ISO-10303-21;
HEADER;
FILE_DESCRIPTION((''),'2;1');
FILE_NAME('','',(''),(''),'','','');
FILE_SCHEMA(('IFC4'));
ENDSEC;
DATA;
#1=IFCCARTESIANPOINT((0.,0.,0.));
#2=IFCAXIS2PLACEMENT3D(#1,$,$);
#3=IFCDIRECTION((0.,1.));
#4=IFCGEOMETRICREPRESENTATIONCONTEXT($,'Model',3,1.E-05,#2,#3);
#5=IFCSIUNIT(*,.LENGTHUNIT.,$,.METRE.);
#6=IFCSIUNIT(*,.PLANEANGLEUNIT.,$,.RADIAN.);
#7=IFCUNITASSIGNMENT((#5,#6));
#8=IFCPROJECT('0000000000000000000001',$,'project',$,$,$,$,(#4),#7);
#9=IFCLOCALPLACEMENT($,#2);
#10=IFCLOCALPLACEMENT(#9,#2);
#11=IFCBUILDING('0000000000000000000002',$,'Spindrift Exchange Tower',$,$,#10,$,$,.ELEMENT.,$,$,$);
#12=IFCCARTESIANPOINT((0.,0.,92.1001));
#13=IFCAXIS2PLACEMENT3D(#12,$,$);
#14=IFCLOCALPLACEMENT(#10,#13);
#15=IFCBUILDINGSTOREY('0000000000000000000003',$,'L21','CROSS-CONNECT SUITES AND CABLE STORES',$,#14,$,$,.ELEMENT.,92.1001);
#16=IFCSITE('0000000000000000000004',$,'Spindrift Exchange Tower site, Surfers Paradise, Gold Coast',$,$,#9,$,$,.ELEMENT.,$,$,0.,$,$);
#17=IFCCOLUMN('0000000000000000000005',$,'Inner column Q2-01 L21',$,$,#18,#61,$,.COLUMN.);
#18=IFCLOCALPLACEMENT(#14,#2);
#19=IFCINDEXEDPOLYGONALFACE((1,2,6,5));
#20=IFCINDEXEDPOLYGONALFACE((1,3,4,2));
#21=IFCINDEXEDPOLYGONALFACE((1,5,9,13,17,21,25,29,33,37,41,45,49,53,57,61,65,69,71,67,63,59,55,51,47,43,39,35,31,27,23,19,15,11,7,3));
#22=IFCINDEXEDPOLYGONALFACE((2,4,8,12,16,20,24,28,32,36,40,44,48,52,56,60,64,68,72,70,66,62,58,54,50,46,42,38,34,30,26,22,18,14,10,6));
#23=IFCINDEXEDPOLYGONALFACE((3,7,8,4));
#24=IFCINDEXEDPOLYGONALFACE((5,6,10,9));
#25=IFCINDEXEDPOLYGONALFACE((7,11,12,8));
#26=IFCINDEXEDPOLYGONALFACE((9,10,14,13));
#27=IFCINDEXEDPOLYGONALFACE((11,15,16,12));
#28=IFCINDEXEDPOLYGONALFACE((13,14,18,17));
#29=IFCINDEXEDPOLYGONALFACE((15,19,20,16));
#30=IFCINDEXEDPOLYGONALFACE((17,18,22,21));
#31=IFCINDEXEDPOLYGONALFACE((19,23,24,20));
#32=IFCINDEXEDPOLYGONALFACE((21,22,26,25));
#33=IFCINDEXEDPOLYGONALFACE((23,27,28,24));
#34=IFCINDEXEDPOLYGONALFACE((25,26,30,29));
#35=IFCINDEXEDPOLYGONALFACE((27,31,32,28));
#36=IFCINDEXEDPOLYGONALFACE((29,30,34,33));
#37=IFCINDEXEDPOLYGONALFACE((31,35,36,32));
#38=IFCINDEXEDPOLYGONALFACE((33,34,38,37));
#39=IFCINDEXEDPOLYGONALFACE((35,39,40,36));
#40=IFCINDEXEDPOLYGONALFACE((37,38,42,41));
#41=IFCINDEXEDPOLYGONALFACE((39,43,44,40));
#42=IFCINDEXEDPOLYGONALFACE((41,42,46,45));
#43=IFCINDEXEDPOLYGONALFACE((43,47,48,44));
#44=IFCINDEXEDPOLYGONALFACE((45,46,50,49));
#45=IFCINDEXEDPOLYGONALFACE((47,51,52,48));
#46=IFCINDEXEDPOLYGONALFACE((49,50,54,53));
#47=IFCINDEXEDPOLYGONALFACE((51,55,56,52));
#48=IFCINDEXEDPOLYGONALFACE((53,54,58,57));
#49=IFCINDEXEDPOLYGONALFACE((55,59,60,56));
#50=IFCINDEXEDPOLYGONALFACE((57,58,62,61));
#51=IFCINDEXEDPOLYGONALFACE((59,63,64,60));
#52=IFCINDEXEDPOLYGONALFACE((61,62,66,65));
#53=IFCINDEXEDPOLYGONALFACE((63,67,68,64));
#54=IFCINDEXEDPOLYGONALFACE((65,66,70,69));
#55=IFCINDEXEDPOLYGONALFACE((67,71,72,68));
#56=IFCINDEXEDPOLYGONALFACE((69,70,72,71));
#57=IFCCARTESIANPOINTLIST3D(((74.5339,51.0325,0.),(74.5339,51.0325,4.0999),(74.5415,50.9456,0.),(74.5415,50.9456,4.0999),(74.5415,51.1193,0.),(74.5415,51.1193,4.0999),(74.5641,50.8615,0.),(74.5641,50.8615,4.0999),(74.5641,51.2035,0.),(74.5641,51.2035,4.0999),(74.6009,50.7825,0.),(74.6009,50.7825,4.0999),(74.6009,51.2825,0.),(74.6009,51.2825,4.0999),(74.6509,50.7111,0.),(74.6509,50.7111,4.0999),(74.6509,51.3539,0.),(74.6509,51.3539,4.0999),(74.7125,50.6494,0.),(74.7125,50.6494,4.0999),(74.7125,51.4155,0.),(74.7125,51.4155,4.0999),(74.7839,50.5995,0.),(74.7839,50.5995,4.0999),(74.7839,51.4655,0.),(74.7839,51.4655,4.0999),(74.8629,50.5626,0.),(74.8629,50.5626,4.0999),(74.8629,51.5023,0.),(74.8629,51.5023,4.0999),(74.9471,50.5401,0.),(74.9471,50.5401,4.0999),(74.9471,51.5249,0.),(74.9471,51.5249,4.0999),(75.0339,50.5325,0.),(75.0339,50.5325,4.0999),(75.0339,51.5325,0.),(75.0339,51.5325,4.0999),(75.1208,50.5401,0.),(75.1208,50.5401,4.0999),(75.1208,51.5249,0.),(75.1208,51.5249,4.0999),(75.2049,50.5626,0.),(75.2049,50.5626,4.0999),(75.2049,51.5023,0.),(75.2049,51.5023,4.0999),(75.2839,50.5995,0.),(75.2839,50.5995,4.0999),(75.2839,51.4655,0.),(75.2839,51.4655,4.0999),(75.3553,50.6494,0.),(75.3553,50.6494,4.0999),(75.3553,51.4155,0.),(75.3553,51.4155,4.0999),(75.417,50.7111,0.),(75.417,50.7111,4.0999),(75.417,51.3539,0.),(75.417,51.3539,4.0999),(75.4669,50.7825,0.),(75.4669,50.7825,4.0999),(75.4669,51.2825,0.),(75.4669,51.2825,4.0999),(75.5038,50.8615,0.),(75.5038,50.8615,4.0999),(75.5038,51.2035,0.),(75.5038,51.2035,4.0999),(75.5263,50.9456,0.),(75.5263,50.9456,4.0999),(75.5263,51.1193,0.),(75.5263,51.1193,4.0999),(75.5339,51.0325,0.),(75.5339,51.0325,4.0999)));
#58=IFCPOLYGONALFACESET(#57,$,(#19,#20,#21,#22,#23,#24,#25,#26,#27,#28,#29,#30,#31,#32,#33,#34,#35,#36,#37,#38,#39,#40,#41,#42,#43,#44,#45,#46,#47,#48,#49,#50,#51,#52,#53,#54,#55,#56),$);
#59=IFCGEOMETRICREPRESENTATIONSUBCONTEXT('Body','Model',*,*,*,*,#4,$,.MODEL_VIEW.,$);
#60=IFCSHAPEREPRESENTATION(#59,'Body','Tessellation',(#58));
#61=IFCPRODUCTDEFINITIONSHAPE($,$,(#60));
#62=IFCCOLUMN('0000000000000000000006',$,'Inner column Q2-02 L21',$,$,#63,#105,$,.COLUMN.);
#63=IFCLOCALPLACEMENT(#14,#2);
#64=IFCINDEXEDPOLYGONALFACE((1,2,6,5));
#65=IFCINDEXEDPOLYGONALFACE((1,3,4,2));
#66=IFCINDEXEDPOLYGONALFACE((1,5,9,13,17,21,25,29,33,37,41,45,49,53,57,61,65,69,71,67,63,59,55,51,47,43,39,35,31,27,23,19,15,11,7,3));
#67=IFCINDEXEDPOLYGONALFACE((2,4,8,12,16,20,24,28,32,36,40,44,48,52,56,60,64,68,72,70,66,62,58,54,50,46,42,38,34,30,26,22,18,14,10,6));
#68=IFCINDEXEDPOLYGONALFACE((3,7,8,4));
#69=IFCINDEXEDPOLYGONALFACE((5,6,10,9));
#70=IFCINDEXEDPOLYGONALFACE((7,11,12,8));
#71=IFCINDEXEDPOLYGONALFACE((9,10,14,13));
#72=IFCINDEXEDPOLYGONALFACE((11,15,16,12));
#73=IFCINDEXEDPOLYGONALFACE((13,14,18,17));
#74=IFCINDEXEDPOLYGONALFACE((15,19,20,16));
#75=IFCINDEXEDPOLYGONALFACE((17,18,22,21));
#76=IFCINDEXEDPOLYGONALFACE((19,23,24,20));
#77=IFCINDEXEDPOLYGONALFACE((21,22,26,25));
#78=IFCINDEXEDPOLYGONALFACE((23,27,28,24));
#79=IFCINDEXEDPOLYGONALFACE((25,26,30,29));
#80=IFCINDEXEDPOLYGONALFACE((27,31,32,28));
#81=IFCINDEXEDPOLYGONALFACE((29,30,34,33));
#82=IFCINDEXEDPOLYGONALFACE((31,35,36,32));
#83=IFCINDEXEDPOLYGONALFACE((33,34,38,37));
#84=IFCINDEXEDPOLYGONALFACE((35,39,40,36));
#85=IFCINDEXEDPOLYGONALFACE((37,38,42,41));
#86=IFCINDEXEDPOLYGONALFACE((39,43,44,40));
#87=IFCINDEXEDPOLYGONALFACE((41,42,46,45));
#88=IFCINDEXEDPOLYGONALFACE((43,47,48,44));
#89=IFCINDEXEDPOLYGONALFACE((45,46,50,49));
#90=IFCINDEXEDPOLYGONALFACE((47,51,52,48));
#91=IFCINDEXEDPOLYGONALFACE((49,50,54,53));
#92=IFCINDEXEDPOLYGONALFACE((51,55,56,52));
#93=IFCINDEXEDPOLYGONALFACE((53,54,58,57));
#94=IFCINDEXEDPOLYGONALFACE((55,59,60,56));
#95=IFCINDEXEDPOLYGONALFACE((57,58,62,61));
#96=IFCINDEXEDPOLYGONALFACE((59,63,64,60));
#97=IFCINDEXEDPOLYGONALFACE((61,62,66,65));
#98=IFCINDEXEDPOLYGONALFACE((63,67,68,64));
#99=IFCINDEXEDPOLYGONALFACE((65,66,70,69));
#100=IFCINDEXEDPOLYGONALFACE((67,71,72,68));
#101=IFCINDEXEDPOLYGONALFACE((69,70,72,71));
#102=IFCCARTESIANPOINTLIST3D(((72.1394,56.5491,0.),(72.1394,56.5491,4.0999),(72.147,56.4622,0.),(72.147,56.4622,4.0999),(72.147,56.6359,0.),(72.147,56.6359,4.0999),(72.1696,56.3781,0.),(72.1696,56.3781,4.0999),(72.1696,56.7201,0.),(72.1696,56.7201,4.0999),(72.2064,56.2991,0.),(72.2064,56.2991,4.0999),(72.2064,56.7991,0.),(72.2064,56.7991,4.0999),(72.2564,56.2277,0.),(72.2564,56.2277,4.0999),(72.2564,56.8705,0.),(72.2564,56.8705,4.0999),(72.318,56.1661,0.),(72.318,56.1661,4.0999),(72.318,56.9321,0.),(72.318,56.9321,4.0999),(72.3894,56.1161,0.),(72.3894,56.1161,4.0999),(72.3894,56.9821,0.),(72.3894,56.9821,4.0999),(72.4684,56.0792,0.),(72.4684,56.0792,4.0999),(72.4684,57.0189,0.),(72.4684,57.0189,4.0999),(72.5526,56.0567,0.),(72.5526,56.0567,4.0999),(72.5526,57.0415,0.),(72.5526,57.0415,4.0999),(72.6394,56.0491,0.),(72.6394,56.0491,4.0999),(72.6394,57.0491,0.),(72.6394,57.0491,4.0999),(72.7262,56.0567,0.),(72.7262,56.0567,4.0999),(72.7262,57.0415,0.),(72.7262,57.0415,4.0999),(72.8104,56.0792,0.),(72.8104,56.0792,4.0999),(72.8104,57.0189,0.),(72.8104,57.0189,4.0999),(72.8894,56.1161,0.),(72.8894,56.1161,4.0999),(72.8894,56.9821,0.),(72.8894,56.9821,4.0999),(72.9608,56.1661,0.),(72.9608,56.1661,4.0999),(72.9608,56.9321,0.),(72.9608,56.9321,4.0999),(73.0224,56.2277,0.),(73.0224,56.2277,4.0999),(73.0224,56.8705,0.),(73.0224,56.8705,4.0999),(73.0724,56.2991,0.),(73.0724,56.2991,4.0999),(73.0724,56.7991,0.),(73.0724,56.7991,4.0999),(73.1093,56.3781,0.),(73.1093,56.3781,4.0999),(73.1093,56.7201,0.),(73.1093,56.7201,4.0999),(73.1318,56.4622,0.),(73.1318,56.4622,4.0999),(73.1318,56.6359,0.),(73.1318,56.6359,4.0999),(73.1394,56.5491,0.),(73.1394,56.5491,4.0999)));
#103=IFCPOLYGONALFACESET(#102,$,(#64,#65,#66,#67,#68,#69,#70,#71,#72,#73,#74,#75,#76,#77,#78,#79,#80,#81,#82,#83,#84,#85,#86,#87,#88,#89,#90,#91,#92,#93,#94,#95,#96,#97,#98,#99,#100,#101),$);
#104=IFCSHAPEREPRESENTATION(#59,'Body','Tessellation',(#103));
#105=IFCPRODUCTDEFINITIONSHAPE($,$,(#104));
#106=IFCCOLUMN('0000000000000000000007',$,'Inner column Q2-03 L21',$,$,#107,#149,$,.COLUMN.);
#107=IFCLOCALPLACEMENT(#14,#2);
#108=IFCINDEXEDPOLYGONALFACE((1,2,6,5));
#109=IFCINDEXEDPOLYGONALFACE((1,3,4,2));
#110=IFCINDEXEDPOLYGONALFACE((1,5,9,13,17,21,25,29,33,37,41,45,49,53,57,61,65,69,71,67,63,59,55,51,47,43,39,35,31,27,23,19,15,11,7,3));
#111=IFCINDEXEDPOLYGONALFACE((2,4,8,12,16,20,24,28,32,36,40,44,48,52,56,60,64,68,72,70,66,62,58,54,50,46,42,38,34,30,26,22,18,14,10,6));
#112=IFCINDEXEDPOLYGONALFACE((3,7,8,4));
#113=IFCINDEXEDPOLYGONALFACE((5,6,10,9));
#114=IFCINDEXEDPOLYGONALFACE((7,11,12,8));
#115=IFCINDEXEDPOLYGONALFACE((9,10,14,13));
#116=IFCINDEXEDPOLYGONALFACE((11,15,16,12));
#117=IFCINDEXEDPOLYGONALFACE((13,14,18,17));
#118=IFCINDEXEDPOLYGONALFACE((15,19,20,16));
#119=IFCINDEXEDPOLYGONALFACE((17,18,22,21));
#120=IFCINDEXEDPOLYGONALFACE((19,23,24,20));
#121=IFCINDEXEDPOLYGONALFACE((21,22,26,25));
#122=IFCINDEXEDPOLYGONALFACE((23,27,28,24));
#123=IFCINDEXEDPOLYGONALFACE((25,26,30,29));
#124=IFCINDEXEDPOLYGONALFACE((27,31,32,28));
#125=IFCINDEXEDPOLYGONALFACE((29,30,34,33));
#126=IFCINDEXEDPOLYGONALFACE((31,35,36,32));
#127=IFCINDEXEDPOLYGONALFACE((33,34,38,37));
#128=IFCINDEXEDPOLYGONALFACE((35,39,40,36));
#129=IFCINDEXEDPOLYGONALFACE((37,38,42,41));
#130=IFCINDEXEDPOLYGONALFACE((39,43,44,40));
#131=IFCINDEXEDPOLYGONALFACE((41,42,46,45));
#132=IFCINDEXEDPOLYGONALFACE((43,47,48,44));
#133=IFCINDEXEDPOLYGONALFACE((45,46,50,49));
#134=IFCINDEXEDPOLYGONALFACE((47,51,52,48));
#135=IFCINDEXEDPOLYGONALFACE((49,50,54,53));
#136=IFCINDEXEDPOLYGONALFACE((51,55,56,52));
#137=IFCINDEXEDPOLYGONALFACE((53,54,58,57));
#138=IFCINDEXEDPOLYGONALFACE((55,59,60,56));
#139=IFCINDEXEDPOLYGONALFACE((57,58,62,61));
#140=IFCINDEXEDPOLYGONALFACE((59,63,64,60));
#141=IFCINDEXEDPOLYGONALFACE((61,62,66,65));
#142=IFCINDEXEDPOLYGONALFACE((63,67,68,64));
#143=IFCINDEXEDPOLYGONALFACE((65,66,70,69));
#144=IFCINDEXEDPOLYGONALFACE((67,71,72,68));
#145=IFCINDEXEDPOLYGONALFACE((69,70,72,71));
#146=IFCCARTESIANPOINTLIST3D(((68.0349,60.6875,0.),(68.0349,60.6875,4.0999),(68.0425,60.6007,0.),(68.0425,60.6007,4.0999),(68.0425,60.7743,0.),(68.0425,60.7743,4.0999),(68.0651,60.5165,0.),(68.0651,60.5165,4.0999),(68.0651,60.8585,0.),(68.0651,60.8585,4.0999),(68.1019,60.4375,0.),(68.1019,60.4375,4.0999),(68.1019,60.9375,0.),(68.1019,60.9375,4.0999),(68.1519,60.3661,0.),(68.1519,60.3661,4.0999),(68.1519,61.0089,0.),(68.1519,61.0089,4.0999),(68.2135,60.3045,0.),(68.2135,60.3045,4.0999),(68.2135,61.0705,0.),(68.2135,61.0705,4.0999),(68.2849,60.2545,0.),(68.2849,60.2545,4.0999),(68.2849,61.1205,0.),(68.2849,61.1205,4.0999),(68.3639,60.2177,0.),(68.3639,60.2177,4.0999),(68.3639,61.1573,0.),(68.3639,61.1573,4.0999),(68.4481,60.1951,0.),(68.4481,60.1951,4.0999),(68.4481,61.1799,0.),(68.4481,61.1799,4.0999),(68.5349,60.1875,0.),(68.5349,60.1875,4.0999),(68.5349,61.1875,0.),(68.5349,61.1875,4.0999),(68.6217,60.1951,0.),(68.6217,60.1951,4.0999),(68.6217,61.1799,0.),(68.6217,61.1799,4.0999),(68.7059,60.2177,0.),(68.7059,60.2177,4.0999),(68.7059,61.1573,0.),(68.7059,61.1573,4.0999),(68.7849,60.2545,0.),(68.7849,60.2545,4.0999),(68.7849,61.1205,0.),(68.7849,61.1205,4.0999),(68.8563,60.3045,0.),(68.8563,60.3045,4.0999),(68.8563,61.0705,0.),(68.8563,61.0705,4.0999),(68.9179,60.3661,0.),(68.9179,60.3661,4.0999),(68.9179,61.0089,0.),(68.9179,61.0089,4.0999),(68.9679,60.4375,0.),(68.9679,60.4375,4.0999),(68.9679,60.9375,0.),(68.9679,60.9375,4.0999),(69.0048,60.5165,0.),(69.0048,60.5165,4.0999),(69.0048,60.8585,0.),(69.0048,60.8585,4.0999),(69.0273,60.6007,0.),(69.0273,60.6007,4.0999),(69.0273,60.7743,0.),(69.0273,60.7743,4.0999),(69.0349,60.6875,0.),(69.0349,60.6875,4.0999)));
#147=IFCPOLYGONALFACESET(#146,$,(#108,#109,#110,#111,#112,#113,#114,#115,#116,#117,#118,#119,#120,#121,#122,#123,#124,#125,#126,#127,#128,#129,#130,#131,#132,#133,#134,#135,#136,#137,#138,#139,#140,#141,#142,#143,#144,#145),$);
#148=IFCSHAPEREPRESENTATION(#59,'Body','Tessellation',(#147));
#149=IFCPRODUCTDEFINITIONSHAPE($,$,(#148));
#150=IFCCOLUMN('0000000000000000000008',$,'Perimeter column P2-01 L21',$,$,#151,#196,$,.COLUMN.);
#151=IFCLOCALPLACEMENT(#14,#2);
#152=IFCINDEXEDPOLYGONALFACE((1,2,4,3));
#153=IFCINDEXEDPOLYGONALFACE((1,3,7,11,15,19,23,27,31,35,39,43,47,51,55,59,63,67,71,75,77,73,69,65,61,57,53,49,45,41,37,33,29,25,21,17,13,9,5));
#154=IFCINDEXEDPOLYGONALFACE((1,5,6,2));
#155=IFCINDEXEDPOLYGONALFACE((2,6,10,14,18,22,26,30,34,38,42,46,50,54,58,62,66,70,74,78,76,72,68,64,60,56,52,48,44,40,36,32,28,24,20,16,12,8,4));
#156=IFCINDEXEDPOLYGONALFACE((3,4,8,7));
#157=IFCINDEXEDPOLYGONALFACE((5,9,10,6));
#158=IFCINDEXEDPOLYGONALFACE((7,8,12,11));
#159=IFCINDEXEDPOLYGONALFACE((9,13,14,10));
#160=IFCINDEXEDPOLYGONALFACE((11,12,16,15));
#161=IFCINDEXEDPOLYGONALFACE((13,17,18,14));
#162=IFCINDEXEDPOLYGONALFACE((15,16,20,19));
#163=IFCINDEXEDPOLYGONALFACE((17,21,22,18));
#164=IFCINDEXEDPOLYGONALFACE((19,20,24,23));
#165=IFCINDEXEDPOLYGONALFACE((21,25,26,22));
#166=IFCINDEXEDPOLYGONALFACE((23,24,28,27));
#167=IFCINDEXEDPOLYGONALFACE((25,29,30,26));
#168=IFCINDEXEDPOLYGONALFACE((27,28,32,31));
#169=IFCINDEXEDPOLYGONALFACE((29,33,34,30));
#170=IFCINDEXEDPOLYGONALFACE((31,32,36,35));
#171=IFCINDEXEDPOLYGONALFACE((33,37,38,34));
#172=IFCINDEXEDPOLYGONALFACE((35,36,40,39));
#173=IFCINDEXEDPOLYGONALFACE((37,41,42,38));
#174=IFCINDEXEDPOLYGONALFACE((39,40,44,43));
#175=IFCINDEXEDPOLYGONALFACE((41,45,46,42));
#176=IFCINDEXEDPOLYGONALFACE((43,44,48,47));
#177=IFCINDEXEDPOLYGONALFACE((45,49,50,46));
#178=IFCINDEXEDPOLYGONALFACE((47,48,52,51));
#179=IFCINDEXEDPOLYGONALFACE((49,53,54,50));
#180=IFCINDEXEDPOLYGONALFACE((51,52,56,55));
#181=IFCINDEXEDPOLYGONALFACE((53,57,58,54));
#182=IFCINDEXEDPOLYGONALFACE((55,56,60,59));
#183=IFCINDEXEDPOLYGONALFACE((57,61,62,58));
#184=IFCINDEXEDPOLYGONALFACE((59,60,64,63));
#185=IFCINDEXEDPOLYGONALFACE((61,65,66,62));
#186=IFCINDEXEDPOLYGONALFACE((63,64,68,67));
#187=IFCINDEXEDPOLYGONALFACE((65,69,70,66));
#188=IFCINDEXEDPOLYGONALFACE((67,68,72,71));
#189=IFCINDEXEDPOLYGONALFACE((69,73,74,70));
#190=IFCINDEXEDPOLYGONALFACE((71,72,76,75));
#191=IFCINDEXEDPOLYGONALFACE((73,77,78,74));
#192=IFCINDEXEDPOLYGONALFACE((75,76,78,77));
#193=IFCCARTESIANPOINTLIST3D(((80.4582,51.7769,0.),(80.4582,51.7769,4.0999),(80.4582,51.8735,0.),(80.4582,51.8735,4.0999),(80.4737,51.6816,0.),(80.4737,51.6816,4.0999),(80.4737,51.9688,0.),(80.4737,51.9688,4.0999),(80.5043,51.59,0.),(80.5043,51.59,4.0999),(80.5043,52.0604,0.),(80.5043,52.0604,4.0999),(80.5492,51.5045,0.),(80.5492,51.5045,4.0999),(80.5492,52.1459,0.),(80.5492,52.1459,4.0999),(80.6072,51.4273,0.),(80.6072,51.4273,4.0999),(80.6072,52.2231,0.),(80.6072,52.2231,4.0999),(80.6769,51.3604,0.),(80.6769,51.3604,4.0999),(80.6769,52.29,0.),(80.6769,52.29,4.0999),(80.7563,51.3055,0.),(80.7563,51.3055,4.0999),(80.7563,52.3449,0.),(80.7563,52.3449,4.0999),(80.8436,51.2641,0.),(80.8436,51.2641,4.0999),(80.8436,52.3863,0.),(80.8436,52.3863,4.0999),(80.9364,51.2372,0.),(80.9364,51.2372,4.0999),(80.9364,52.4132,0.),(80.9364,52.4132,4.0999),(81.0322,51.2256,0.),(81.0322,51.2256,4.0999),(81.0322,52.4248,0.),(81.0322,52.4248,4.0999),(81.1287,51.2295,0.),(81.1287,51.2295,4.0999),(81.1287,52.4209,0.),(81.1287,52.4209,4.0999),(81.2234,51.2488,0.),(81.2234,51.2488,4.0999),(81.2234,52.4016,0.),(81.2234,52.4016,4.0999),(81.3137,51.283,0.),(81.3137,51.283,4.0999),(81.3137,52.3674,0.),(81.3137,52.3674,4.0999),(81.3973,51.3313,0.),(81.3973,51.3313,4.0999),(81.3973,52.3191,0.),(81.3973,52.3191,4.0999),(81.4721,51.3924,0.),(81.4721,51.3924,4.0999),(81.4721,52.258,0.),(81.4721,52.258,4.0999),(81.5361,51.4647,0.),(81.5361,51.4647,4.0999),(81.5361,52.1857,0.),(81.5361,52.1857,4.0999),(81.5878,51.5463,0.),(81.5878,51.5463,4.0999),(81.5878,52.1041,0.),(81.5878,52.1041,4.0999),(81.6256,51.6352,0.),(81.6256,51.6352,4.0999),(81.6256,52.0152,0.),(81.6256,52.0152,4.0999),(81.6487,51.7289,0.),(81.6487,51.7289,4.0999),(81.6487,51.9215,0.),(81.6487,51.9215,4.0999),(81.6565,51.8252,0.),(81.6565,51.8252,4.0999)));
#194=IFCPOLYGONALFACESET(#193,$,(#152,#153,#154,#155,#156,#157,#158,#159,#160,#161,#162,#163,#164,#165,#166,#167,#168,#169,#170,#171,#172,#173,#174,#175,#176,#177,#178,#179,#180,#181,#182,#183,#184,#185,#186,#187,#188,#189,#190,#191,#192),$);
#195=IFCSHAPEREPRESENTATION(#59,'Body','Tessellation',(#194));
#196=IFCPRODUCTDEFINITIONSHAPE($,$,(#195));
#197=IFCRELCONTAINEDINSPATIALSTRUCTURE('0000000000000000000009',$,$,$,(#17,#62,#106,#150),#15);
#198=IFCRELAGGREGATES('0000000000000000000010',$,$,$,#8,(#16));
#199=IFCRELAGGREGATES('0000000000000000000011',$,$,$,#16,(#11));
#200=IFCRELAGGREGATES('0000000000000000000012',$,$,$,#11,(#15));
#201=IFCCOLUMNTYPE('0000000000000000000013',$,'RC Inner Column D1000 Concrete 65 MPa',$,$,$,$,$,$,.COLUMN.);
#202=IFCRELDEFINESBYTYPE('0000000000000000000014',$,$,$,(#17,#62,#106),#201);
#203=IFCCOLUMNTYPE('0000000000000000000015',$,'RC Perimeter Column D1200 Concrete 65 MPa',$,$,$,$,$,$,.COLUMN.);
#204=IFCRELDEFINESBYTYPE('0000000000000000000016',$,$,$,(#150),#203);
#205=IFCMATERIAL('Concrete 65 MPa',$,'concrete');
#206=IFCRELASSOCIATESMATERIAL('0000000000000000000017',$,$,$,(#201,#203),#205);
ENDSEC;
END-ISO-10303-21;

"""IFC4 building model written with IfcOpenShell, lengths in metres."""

from ifc_helpers import new_model, si_unit, direction, frame, origin, origin_2d, place, context, subcontext, project, spatial, circle, extrude, source, transform, mapped, material, material_profile, profile_set, type_object, element, save


model = new_model("IFC4")

# Units and contexts
model_context = context("Model", 3, precision=1e-05, world=origin(), true_north=direction((0.0, 1.0)))
body_context = subcontext(model_context, "Body", "Model", "MODEL_VIEW")
ifc_project = project(units=[si_unit("LENGTHUNIT", "METRE"), si_unit("PLANEANGLEUNIT", "RADIAN")], contexts=[model_context])

# Site, building, storey
site_placement = place(None, origin())
site = spatial("IfcSite", under=ifc_project, at=site_placement, Name="Spindrift Exchange Tower site, Surfers Paradise, Gold Coast", CompositionType="ELEMENT", RefElevation=0.0)
building_placement = place(site_placement, origin())
building = spatial("IfcBuilding", under=site, at=building_placement, Name="Spindrift Exchange Tower", CompositionType="ELEMENT")
storey_placement = place(building_placement, frame((0.0, 0.0, 92.1001)))
storey = spatial("IfcBuildingStorey", under=building, at=storey_placement, Name="L21", Description="CROSS-CONNECT SUITES AND CABLE STORES", CompositionType="ELEMENT", Elevation=92.1001)

# Columns
ifc_material_1 = material(Name="Concrete 65 MPa", Category="concrete")
ifc_material_profile_1 = material_profile(ifc_material_1, circle(Radius=0.5, at=origin_2d()), Name="RC D1000")
ifc_profile_set_1 = profile_set([ifc_material_profile_1], Name="Concrete 65 MPa")
column_type_1 = type_object("IfcColumnType", Name="RC Inner Column D1000 Concrete 65 MPa", PredefinedType="COLUMN", material=ifc_profile_set_1)
shared_shape_1 = source(origin(), body_context, "Body", "SweptSolid", [
    extrude(circle(Radius=0.5, at=origin_2d()), origin(), (0.0, 0.0, 1.0), 4.0999),
])
for number, where, z_axis, x_axis, name in (
    (1, (75.0339, 51.0325, 0.0), (0.0, 0.0, 1.0), (1.0, 0.0, 0.0), "Inner column Q2-01 L21"),
    (2, (72.6394, 56.5491, 0.0), (0.0, 0.0, 1.0), (1.0, 0.0, 0.0), "Inner column Q2-02 L21"),
    (3, (68.5349, 60.6875, 0.0), (0.0, 0.0, 1.0), (1.0, 0.0, 0.0), "Inner column Q2-03 L21"),
):
    element("IfcColumn", number, at=place(storey_placement, frame(where, z_axis=z_axis, x_axis=x_axis)), inside=storey, type_object=column_type_1, Name=name, PredefinedType="COLUMN", context=body_context, shape_type="MappedRepresentation", body=[
        mapped(shared_shape_1, transform((0.0, 0.0, 0.0), scale=1.0)),
    ])
ifc_material_profile_2 = material_profile(ifc_material_1, circle(Radius=0.6001, at=origin_2d()), Name="RC D1200")
ifc_profile_set_2 = profile_set([ifc_material_profile_2], Name="Concrete 65 MPa")
column_type_2 = type_object("IfcColumnType", Name="RC Perimeter Column D1200 Concrete 65 MPa", PredefinedType="COLUMN", material=ifc_profile_set_2)
shared_shape_2 = source(origin(), body_context, "Body", "SweptSolid", [
    extrude(circle(Radius=0.6001, at=origin_2d()), origin(), (0.0, 0.0, 1.0), 4.0999),
])
for number, where, z_axis, x_axis, name in (
    (4, (81.0564, 51.8252, 0.0), (0.0, 0.0, 1.0), (1.0, 0.0, 0.0), "Perimeter column P2-01 L21"),
):
    element("IfcColumn", number, at=place(storey_placement, frame(where, z_axis=z_axis, x_axis=x_axis)), inside=storey, type_object=column_type_2, Name=name, PredefinedType="COLUMN", context=body_context, shape_type="MappedRepresentation", body=[
        mapped(shared_shape_2, transform((0.0, 0.0, 0.0), scale=1.0)),
    ])

save(model, "model.ifc")
